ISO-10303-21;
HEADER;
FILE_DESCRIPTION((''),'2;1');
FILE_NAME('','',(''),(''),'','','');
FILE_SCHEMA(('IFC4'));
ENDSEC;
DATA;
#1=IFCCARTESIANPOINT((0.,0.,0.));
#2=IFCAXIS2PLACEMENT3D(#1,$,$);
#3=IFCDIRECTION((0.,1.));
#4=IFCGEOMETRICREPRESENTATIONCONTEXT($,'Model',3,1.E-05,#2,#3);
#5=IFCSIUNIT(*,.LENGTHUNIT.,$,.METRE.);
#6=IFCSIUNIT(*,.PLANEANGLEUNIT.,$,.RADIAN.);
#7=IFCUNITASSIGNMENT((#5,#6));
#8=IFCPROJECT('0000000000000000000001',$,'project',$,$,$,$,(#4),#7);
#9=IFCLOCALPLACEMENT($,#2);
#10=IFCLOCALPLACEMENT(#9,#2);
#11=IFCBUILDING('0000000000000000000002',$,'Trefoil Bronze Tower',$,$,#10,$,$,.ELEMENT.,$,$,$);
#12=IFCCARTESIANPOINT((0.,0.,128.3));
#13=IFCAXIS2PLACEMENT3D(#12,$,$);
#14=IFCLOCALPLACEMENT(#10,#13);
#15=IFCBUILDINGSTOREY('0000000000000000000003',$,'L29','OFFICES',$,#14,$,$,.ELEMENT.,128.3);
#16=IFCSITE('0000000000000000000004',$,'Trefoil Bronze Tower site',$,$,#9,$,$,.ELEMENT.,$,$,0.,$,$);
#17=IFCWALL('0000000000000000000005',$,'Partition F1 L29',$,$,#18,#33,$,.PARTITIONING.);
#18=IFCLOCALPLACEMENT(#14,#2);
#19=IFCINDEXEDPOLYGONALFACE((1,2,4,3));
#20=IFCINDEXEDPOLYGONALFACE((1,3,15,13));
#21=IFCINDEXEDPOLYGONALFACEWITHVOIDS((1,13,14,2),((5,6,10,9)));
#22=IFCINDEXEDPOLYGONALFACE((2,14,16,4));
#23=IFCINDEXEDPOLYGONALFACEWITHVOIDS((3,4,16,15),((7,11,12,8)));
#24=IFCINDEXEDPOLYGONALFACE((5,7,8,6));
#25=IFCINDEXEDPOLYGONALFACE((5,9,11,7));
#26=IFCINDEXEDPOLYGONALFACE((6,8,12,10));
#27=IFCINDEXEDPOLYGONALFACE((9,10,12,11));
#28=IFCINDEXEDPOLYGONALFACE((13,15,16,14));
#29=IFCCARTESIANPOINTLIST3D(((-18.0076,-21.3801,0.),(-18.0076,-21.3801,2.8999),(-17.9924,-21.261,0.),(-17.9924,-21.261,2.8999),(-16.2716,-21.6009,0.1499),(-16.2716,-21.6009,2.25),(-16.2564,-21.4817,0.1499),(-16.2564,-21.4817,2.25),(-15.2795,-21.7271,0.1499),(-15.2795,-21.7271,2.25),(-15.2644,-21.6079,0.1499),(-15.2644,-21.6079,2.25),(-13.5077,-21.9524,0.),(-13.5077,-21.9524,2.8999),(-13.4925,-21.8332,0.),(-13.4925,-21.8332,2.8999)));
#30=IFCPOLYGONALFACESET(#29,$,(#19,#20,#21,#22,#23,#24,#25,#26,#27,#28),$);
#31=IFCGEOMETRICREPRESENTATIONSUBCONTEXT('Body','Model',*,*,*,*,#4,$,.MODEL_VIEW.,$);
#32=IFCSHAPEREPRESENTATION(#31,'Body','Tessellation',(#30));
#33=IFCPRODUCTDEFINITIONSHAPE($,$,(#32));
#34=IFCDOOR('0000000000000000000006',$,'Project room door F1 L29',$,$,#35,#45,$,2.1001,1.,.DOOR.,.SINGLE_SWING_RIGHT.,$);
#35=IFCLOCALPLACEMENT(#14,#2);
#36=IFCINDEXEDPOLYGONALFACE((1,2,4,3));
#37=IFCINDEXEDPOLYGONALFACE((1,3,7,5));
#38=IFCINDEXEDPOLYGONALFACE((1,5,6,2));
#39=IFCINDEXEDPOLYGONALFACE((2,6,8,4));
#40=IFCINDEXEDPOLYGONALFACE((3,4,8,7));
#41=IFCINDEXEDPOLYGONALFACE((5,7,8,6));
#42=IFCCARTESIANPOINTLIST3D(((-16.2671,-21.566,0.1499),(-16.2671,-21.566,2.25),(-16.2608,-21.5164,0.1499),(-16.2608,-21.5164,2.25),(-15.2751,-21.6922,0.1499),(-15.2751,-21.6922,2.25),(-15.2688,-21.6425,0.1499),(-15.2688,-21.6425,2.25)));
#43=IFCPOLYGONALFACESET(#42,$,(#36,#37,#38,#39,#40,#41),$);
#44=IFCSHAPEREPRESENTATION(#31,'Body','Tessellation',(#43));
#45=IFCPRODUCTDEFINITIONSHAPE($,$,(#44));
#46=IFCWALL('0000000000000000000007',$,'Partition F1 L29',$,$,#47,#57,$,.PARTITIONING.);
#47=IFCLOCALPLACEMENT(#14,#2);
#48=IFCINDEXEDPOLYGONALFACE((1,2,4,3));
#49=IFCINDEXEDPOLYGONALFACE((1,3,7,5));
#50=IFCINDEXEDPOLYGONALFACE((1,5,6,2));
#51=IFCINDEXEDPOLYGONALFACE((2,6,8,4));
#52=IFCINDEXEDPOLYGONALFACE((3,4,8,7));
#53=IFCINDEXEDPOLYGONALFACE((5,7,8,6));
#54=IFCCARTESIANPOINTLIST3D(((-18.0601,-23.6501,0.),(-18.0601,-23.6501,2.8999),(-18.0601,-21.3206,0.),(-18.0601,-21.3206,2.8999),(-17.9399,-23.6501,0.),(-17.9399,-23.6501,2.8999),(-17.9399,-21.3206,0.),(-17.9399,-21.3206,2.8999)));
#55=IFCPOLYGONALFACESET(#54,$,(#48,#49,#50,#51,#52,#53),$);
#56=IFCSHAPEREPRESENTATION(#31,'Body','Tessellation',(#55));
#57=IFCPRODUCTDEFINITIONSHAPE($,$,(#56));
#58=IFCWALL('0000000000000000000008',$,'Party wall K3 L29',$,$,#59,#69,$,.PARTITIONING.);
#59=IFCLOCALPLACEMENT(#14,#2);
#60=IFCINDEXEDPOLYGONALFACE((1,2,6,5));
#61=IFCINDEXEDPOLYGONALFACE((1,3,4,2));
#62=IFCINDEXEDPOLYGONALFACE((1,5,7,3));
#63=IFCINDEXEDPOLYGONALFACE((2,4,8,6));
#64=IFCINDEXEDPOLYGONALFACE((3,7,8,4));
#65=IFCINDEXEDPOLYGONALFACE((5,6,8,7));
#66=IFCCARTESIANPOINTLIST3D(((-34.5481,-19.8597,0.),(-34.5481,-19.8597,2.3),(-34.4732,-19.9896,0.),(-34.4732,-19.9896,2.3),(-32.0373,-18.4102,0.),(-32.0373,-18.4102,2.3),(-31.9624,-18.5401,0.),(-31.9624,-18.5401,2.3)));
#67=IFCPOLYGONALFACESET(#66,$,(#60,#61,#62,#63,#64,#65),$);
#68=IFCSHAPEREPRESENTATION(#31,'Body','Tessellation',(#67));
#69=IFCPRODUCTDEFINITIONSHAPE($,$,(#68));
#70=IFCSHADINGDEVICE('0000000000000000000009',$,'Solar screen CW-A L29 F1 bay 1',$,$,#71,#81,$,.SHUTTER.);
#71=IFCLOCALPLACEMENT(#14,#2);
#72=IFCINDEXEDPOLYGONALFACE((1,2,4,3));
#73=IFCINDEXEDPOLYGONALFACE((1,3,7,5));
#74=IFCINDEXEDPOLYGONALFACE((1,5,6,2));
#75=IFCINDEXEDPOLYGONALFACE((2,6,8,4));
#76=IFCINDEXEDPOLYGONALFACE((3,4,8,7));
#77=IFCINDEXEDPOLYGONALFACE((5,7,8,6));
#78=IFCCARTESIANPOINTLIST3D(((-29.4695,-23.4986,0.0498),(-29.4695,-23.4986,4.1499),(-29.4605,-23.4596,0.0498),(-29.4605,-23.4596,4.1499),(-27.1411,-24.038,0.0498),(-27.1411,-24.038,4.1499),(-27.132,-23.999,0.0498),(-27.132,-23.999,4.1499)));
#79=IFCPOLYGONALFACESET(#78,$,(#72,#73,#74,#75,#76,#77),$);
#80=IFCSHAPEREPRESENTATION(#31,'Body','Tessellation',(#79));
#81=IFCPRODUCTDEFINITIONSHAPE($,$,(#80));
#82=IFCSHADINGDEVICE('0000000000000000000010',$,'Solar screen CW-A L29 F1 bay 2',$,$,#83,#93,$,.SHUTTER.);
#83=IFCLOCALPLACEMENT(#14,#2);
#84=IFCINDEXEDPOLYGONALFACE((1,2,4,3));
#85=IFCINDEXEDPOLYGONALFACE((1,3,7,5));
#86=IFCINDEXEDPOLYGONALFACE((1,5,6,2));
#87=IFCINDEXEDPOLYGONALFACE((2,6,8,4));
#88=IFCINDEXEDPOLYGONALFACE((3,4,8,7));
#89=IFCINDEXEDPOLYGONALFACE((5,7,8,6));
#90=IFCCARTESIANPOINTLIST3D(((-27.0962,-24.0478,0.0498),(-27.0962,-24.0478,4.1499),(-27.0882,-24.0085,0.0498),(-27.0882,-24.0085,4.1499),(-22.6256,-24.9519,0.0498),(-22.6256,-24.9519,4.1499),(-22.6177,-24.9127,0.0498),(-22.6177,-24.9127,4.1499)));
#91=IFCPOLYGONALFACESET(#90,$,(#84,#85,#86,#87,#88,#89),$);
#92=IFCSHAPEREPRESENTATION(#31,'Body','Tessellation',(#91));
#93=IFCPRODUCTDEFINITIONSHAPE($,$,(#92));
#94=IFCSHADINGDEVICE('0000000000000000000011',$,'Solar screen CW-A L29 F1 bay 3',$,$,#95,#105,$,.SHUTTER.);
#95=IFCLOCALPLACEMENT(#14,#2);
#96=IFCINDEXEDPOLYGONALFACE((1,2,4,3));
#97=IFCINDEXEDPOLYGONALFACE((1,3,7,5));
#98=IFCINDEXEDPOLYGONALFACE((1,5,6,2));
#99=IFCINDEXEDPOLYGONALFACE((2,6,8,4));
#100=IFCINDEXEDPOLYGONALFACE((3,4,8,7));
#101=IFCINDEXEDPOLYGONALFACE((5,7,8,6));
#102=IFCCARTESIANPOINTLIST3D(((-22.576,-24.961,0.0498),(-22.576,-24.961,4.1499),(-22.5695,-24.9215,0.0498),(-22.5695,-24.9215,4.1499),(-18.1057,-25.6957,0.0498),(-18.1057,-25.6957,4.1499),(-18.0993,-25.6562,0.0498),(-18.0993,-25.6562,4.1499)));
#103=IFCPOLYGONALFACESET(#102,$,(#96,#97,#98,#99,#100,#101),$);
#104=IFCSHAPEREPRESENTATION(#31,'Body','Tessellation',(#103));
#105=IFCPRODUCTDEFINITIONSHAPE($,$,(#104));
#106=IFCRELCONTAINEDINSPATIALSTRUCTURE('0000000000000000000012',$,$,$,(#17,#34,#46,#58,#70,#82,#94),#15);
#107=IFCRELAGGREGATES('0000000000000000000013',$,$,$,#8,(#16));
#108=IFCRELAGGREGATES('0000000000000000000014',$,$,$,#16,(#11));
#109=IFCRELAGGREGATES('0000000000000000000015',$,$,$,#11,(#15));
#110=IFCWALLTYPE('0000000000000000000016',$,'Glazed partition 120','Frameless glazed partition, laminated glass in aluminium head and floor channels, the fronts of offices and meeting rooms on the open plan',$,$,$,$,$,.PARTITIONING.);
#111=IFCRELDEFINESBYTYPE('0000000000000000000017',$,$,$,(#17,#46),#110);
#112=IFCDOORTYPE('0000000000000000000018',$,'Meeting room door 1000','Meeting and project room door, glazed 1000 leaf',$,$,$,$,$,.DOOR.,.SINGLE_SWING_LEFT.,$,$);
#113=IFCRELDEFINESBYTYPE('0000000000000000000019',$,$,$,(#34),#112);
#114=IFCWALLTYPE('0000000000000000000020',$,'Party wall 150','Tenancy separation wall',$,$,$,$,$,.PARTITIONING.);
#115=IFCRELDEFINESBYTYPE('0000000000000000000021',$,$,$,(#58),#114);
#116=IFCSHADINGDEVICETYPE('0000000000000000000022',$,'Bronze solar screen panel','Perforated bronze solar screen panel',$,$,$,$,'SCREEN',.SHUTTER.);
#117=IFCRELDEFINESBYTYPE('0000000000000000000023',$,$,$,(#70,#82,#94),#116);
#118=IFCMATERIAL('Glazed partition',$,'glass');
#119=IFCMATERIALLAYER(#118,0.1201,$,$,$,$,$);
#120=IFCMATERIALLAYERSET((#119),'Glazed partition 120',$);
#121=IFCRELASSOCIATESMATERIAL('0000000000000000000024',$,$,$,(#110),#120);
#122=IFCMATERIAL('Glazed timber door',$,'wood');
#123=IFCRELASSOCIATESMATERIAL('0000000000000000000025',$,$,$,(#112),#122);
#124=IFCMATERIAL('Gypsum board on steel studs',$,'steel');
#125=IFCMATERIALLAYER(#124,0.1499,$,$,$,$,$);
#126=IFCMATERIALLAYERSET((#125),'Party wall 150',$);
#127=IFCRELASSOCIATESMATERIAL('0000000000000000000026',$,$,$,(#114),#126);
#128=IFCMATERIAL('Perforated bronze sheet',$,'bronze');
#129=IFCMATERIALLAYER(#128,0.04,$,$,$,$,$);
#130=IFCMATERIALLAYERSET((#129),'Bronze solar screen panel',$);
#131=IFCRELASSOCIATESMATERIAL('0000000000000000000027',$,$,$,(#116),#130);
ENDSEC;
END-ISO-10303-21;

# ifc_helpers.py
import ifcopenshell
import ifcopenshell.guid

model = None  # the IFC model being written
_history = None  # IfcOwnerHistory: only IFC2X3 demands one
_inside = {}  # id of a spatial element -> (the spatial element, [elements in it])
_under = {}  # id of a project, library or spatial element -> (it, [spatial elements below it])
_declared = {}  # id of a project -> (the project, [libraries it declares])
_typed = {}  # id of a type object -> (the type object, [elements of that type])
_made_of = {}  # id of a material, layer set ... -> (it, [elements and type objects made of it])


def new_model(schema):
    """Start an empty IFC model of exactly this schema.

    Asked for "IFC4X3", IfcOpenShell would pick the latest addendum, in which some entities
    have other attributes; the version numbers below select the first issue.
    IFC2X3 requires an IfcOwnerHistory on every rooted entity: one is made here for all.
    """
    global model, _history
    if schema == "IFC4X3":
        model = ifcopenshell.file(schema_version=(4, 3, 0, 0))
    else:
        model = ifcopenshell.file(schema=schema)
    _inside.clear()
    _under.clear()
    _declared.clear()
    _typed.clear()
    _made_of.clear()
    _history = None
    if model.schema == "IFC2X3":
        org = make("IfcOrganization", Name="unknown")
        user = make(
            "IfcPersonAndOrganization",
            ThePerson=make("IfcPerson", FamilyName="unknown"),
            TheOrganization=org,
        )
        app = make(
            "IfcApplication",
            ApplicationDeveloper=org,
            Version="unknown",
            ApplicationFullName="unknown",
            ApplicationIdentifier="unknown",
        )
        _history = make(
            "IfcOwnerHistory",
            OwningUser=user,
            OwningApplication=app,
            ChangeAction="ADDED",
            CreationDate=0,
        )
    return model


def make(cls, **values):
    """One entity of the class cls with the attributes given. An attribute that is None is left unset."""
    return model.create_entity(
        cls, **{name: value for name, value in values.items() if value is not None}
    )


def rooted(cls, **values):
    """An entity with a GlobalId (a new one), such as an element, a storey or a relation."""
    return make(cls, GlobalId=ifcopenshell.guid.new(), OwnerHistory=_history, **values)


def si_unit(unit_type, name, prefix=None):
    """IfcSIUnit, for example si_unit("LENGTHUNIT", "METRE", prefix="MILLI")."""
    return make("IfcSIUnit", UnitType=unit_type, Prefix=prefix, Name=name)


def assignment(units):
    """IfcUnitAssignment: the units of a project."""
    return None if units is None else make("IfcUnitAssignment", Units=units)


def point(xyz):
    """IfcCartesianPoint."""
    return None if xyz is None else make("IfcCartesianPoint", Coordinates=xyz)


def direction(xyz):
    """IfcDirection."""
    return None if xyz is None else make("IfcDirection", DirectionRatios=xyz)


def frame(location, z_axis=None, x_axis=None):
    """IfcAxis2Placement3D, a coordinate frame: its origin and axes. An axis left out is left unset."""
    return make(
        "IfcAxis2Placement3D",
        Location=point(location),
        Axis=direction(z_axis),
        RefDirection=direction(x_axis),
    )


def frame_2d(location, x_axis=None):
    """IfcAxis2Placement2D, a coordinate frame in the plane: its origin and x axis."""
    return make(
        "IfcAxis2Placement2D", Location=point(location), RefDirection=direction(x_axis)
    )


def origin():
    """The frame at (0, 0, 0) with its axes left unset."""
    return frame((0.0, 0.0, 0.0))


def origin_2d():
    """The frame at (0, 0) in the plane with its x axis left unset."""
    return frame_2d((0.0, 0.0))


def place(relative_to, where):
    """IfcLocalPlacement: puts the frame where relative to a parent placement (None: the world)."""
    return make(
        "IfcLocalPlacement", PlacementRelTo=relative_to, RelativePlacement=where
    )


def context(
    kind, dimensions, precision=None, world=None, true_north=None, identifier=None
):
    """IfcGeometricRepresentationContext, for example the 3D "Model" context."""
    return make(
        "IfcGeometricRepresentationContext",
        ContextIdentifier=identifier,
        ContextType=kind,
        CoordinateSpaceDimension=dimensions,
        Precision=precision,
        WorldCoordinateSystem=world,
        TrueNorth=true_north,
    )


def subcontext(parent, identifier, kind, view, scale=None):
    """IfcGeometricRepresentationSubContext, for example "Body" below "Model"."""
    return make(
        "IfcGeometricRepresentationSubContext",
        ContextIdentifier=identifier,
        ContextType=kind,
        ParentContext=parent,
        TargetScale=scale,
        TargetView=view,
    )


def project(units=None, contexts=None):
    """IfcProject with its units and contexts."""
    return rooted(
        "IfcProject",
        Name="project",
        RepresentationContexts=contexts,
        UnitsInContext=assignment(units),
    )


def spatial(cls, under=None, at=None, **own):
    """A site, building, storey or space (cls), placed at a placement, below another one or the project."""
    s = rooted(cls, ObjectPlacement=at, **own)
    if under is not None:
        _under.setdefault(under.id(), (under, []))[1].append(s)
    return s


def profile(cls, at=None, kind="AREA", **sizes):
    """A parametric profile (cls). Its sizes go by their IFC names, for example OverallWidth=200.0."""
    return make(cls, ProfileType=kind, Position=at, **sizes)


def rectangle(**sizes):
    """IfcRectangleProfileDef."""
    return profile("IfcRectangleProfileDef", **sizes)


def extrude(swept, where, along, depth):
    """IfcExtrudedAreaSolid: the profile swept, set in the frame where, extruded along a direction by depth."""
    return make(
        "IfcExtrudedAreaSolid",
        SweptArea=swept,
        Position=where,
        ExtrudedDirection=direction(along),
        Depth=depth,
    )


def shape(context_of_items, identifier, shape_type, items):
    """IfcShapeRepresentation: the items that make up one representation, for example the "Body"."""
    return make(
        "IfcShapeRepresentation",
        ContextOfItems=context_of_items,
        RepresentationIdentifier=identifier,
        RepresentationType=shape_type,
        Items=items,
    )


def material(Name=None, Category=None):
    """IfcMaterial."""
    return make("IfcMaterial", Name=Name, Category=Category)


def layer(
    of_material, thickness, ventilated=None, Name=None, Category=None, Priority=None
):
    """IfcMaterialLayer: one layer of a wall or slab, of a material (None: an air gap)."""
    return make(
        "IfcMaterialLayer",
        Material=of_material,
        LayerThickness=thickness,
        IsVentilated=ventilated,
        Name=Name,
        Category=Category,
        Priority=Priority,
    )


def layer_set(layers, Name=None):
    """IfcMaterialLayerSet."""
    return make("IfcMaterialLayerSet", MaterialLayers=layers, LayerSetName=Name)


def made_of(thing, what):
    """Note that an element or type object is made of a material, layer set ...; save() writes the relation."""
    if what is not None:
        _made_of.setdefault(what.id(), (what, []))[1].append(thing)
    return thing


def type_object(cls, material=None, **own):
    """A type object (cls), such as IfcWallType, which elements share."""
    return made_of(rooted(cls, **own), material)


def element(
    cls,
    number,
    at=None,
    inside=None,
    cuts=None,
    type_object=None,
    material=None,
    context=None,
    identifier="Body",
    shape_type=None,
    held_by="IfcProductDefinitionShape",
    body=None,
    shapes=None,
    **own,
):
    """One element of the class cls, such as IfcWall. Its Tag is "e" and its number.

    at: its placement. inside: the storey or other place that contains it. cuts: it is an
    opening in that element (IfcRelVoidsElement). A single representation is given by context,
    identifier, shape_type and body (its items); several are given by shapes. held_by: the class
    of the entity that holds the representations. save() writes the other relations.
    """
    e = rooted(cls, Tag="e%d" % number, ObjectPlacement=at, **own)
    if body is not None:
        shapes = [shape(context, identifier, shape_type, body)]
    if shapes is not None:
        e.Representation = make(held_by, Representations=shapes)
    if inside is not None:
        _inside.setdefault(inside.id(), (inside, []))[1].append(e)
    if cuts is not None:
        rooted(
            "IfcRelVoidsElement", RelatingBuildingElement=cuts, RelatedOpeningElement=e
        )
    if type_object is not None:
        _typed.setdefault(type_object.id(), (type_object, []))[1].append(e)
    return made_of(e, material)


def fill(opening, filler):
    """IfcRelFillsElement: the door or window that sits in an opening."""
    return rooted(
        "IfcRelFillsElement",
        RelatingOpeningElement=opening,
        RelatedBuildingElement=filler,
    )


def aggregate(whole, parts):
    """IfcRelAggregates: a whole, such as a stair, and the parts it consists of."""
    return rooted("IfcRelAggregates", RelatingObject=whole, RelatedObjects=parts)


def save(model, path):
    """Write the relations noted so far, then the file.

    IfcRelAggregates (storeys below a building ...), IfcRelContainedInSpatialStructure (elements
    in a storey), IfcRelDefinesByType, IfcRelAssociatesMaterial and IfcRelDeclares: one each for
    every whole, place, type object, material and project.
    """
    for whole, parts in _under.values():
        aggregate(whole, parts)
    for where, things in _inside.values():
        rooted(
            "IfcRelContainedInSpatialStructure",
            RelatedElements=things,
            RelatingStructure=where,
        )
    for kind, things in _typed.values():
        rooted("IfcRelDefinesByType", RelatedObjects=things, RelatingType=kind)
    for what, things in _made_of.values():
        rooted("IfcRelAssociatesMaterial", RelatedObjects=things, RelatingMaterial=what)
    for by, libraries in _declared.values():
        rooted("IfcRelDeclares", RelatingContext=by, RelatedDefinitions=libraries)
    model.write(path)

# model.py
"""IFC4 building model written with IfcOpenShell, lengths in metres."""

from ifc_helpers import new_model, si_unit, direction, frame, frame_2d, origin, origin_2d, place, context, subcontext, project, spatial, rectangle, extrude, material, layer, layer_set, type_object, element, fill, save


model = new_model("IFC4")

# Units and contexts
model_context = context("Model", 3, precision=1e-05, world=origin(), true_north=direction((0.0, 1.0)))
body_context = subcontext(model_context, "Body", "Model", "MODEL_VIEW")
ifc_project = project(units=[si_unit("LENGTHUNIT", "METRE"), si_unit("PLANEANGLEUNIT", "RADIAN")], contexts=[model_context])

# Site, building, storey
site_placement = place(None, origin())
site = spatial("IfcSite", under=ifc_project, at=site_placement, Name="Trefoil Bronze Tower site", CompositionType="ELEMENT", RefElevation=0.0)
building_placement = place(site_placement, origin())
building = spatial("IfcBuilding", under=site, at=building_placement, Name="Trefoil Bronze Tower", CompositionType="ELEMENT")
storey_placement = place(building_placement, frame((0.0, 0.0, 128.3)))
storey = spatial("IfcBuildingStorey", under=building, at=storey_placement, Name="L29", Description="OFFICES", CompositionType="ELEMENT", Elevation=128.3)

# Wall, opening, door
ifc_material_1 = material(Name="Glazed partition", Category="glass")
ifc_layer_1 = layer(ifc_material_1, 0.1201)
ifc_layer_set_1 = layer_set([ifc_layer_1], Name="Glazed partition 120")
wall_type_1 = type_object("IfcWallType", Name="Glazed partition 120", Description="Frameless glazed partition, laminated glass in aluminium head and floor channels, the fronts of offices and meeting rooms on the open plan", PredefinedType="PARTITIONING", material=ifc_layer_set_1)
wall_1_placement = place(storey_placement, frame((-18.0, -21.3206, 0.0), z_axis=(0.0, 0.0, 1.0), x_axis=(0.992011, -0.126154, 0.0)))
wall_1 = element("IfcWall", 1, at=wall_1_placement, inside=storey, type_object=wall_type_1, Name="Partition F1 L29", PredefinedType="PARTITIONING", context=body_context, shape_type="SweptSolid", body=[
    extrude(rectangle(XDim=4.5361, YDim=0.1201, at=frame_2d((2.2681, 0.0))), origin(), (0.0, 0.0, 1.0), 2.8999),
])
opening_placement = place(wall_1_placement, frame((1.75, 0.0, 0.1499)))
opening = element("IfcOpeningElement", 2, at=opening_placement, cuts=wall_1, PredefinedType="OPENING", context=body_context, shape_type="SweptSolid", body=[
    extrude(rectangle(XDim=1.0, YDim=2.1001, at=frame_2d((0.5, 1.05))), frame((0.0, 0.0701, 0.0), z_axis=(0.0, -1.0, 0.0), x_axis=(1.0, 0.0, 0.0)), (0.0, 0.0, 1.0), 0.1401),
])
ifc_material_2 = material(Name="Glazed timber door", Category="wood")
door_type = type_object("IfcDoorType", Name="Meeting room door 1000", Description="Meeting and project room door, glazed 1000 leaf", OperationType="SINGLE_SWING_LEFT", PredefinedType="DOOR", material=ifc_material_2)
door_placement = place(opening_placement, frame((1.0, 0.0, 0.0), z_axis=(0.0, 0.0, 1.0), x_axis=(-1.0, 0.0, 0.0)))
door = element("IfcDoor", 3, at=door_placement, inside=storey, type_object=door_type, Name="Project room door F1 L29", OperationType="SINGLE_SWING_RIGHT", OverallHeight=2.1001, OverallWidth=1.0, PredefinedType="DOOR", context=body_context, shape_type="SweptSolid", body=[
    extrude(rectangle(XDim=1.0, YDim=2.1001, at=frame_2d((0.5, 1.05))), frame((0.0, 0.0249, 0.0), z_axis=(0.0, -1.0, 0.0), x_axis=(1.0, 0.0, 0.0)), (0.0, 0.0, 1.0), 0.05),
])
fill(opening, door)

# Walls
wall_2_placement = place(storey_placement, frame((-18.0, -21.3206, 0.0), z_axis=(0.0, 0.0, 1.0), x_axis=(0.0, -1.0, 0.0)))
element("IfcWall", 4, at=wall_2_placement, inside=storey, type_object=wall_type_1, Name="Partition F1 L29", PredefinedType="PARTITIONING", context=body_context, shape_type="SweptSolid", body=[
    extrude(rectangle(XDim=2.3296, YDim=0.1201, at=frame_2d((1.1648, 0.0))), origin(), (0.0, 0.0, 1.0), 2.8999),
])
ifc_material_3 = material(Name="Gypsum board on steel studs", Category="steel")
ifc_layer_2 = layer(ifc_material_3, 0.1499)
ifc_layer_set_2 = layer_set([ifc_layer_2], Name="Party wall 150")
wall_type_2 = type_object("IfcWallType", Name="Party wall 150", Description="Tenancy separation wall", PredefinedType="PARTITIONING", material=ifc_layer_set_2)
wall_3_placement = place(storey_placement, frame((-31.9998, -18.4751, 0.0), z_axis=(0.0, 0.0, 1.0), x_axis=(-0.866043, -0.49997, 0.0)))
element("IfcWall", 5, at=wall_3_placement, inside=storey, type_object=wall_type_2, Name="Party wall K3 L29", PredefinedType="PARTITIONING", context=body_context, shape_type="SweptSolid", body=[
    extrude(rectangle(XDim=2.8992, YDim=0.1499, at=frame_2d((1.4497, 0.0))), origin(), (0.0, 0.0, 1.0), 2.3),
])

# Shading devices
ifc_material_4 = material(Name="Perforated bronze sheet", Category="bronze")
ifc_layer_3 = layer(ifc_material_4, 0.04)
ifc_layer_set_3 = layer_set([ifc_layer_3], Name="Bronze solar screen panel")
shading_device_type = type_object("IfcShadingDeviceType", Name="Bronze solar screen panel", Description="Perforated bronze solar screen panel", ElementType="SCREEN", PredefinedType="SHUTTER", material=ifc_layer_set_3)
shading_device_1_placement = place(storey_placement, frame((-28.3008, -23.7488, 0.0498), z_axis=(0.0, 0.0, 1.0), x_axis=(0.974204, -0.225667, 0.0)))
element("IfcShadingDevice", 6, at=shading_device_1_placement, inside=storey, type_object=shading_device_type, Name="Solar screen CW-A L29 F1 bay 1", PredefinedType="SHUTTER", context=body_context, shape_type="SweptSolid", body=[
    extrude(rectangle(XDim=2.3901, YDim=0.04, at=origin_2d()), origin(), (0.0, 0.0, 1.0), 4.1001),
])
shading_device_2_placement = place(storey_placement, frame((-24.8569, -24.4802, 0.0498), z_axis=(0.0, 0.0, 1.0), x_axis=(0.980155, -0.198232, 0.0)))
element("IfcShadingDevice", 7, at=shading_device_2_placement, inside=storey, type_object=shading_device_type, Name="Solar screen CW-A L29 F1 bay 2", PredefinedType="SHUTTER", context=body_context, shape_type="SweptSolid", body=[
    extrude(rectangle(XDim=4.561, YDim=0.04, at=origin_2d()), origin(), (0.0, 0.0, 1.0), 4.1001),
])
shading_device_3_placement = place(storey_placement, frame((-20.3376, -25.3086, 0.0498), z_axis=(0.0, 0.0, 1.0), x_axis=(0.98676, -0.162189, 0.0)))
element("IfcShadingDevice", 8, at=shading_device_3_placement, inside=storey, type_object=shading_device_type, Name="Solar screen CW-A L29 F1 bay 3", PredefinedType="SHUTTER", context=body_context, shape_type="SweptSolid", body=[
    extrude(rectangle(XDim=4.5303, YDim=0.04, at=origin_2d()), origin(), (0.0, 0.0, 1.0), 4.1001),
])

save(model, "model.ifc")
